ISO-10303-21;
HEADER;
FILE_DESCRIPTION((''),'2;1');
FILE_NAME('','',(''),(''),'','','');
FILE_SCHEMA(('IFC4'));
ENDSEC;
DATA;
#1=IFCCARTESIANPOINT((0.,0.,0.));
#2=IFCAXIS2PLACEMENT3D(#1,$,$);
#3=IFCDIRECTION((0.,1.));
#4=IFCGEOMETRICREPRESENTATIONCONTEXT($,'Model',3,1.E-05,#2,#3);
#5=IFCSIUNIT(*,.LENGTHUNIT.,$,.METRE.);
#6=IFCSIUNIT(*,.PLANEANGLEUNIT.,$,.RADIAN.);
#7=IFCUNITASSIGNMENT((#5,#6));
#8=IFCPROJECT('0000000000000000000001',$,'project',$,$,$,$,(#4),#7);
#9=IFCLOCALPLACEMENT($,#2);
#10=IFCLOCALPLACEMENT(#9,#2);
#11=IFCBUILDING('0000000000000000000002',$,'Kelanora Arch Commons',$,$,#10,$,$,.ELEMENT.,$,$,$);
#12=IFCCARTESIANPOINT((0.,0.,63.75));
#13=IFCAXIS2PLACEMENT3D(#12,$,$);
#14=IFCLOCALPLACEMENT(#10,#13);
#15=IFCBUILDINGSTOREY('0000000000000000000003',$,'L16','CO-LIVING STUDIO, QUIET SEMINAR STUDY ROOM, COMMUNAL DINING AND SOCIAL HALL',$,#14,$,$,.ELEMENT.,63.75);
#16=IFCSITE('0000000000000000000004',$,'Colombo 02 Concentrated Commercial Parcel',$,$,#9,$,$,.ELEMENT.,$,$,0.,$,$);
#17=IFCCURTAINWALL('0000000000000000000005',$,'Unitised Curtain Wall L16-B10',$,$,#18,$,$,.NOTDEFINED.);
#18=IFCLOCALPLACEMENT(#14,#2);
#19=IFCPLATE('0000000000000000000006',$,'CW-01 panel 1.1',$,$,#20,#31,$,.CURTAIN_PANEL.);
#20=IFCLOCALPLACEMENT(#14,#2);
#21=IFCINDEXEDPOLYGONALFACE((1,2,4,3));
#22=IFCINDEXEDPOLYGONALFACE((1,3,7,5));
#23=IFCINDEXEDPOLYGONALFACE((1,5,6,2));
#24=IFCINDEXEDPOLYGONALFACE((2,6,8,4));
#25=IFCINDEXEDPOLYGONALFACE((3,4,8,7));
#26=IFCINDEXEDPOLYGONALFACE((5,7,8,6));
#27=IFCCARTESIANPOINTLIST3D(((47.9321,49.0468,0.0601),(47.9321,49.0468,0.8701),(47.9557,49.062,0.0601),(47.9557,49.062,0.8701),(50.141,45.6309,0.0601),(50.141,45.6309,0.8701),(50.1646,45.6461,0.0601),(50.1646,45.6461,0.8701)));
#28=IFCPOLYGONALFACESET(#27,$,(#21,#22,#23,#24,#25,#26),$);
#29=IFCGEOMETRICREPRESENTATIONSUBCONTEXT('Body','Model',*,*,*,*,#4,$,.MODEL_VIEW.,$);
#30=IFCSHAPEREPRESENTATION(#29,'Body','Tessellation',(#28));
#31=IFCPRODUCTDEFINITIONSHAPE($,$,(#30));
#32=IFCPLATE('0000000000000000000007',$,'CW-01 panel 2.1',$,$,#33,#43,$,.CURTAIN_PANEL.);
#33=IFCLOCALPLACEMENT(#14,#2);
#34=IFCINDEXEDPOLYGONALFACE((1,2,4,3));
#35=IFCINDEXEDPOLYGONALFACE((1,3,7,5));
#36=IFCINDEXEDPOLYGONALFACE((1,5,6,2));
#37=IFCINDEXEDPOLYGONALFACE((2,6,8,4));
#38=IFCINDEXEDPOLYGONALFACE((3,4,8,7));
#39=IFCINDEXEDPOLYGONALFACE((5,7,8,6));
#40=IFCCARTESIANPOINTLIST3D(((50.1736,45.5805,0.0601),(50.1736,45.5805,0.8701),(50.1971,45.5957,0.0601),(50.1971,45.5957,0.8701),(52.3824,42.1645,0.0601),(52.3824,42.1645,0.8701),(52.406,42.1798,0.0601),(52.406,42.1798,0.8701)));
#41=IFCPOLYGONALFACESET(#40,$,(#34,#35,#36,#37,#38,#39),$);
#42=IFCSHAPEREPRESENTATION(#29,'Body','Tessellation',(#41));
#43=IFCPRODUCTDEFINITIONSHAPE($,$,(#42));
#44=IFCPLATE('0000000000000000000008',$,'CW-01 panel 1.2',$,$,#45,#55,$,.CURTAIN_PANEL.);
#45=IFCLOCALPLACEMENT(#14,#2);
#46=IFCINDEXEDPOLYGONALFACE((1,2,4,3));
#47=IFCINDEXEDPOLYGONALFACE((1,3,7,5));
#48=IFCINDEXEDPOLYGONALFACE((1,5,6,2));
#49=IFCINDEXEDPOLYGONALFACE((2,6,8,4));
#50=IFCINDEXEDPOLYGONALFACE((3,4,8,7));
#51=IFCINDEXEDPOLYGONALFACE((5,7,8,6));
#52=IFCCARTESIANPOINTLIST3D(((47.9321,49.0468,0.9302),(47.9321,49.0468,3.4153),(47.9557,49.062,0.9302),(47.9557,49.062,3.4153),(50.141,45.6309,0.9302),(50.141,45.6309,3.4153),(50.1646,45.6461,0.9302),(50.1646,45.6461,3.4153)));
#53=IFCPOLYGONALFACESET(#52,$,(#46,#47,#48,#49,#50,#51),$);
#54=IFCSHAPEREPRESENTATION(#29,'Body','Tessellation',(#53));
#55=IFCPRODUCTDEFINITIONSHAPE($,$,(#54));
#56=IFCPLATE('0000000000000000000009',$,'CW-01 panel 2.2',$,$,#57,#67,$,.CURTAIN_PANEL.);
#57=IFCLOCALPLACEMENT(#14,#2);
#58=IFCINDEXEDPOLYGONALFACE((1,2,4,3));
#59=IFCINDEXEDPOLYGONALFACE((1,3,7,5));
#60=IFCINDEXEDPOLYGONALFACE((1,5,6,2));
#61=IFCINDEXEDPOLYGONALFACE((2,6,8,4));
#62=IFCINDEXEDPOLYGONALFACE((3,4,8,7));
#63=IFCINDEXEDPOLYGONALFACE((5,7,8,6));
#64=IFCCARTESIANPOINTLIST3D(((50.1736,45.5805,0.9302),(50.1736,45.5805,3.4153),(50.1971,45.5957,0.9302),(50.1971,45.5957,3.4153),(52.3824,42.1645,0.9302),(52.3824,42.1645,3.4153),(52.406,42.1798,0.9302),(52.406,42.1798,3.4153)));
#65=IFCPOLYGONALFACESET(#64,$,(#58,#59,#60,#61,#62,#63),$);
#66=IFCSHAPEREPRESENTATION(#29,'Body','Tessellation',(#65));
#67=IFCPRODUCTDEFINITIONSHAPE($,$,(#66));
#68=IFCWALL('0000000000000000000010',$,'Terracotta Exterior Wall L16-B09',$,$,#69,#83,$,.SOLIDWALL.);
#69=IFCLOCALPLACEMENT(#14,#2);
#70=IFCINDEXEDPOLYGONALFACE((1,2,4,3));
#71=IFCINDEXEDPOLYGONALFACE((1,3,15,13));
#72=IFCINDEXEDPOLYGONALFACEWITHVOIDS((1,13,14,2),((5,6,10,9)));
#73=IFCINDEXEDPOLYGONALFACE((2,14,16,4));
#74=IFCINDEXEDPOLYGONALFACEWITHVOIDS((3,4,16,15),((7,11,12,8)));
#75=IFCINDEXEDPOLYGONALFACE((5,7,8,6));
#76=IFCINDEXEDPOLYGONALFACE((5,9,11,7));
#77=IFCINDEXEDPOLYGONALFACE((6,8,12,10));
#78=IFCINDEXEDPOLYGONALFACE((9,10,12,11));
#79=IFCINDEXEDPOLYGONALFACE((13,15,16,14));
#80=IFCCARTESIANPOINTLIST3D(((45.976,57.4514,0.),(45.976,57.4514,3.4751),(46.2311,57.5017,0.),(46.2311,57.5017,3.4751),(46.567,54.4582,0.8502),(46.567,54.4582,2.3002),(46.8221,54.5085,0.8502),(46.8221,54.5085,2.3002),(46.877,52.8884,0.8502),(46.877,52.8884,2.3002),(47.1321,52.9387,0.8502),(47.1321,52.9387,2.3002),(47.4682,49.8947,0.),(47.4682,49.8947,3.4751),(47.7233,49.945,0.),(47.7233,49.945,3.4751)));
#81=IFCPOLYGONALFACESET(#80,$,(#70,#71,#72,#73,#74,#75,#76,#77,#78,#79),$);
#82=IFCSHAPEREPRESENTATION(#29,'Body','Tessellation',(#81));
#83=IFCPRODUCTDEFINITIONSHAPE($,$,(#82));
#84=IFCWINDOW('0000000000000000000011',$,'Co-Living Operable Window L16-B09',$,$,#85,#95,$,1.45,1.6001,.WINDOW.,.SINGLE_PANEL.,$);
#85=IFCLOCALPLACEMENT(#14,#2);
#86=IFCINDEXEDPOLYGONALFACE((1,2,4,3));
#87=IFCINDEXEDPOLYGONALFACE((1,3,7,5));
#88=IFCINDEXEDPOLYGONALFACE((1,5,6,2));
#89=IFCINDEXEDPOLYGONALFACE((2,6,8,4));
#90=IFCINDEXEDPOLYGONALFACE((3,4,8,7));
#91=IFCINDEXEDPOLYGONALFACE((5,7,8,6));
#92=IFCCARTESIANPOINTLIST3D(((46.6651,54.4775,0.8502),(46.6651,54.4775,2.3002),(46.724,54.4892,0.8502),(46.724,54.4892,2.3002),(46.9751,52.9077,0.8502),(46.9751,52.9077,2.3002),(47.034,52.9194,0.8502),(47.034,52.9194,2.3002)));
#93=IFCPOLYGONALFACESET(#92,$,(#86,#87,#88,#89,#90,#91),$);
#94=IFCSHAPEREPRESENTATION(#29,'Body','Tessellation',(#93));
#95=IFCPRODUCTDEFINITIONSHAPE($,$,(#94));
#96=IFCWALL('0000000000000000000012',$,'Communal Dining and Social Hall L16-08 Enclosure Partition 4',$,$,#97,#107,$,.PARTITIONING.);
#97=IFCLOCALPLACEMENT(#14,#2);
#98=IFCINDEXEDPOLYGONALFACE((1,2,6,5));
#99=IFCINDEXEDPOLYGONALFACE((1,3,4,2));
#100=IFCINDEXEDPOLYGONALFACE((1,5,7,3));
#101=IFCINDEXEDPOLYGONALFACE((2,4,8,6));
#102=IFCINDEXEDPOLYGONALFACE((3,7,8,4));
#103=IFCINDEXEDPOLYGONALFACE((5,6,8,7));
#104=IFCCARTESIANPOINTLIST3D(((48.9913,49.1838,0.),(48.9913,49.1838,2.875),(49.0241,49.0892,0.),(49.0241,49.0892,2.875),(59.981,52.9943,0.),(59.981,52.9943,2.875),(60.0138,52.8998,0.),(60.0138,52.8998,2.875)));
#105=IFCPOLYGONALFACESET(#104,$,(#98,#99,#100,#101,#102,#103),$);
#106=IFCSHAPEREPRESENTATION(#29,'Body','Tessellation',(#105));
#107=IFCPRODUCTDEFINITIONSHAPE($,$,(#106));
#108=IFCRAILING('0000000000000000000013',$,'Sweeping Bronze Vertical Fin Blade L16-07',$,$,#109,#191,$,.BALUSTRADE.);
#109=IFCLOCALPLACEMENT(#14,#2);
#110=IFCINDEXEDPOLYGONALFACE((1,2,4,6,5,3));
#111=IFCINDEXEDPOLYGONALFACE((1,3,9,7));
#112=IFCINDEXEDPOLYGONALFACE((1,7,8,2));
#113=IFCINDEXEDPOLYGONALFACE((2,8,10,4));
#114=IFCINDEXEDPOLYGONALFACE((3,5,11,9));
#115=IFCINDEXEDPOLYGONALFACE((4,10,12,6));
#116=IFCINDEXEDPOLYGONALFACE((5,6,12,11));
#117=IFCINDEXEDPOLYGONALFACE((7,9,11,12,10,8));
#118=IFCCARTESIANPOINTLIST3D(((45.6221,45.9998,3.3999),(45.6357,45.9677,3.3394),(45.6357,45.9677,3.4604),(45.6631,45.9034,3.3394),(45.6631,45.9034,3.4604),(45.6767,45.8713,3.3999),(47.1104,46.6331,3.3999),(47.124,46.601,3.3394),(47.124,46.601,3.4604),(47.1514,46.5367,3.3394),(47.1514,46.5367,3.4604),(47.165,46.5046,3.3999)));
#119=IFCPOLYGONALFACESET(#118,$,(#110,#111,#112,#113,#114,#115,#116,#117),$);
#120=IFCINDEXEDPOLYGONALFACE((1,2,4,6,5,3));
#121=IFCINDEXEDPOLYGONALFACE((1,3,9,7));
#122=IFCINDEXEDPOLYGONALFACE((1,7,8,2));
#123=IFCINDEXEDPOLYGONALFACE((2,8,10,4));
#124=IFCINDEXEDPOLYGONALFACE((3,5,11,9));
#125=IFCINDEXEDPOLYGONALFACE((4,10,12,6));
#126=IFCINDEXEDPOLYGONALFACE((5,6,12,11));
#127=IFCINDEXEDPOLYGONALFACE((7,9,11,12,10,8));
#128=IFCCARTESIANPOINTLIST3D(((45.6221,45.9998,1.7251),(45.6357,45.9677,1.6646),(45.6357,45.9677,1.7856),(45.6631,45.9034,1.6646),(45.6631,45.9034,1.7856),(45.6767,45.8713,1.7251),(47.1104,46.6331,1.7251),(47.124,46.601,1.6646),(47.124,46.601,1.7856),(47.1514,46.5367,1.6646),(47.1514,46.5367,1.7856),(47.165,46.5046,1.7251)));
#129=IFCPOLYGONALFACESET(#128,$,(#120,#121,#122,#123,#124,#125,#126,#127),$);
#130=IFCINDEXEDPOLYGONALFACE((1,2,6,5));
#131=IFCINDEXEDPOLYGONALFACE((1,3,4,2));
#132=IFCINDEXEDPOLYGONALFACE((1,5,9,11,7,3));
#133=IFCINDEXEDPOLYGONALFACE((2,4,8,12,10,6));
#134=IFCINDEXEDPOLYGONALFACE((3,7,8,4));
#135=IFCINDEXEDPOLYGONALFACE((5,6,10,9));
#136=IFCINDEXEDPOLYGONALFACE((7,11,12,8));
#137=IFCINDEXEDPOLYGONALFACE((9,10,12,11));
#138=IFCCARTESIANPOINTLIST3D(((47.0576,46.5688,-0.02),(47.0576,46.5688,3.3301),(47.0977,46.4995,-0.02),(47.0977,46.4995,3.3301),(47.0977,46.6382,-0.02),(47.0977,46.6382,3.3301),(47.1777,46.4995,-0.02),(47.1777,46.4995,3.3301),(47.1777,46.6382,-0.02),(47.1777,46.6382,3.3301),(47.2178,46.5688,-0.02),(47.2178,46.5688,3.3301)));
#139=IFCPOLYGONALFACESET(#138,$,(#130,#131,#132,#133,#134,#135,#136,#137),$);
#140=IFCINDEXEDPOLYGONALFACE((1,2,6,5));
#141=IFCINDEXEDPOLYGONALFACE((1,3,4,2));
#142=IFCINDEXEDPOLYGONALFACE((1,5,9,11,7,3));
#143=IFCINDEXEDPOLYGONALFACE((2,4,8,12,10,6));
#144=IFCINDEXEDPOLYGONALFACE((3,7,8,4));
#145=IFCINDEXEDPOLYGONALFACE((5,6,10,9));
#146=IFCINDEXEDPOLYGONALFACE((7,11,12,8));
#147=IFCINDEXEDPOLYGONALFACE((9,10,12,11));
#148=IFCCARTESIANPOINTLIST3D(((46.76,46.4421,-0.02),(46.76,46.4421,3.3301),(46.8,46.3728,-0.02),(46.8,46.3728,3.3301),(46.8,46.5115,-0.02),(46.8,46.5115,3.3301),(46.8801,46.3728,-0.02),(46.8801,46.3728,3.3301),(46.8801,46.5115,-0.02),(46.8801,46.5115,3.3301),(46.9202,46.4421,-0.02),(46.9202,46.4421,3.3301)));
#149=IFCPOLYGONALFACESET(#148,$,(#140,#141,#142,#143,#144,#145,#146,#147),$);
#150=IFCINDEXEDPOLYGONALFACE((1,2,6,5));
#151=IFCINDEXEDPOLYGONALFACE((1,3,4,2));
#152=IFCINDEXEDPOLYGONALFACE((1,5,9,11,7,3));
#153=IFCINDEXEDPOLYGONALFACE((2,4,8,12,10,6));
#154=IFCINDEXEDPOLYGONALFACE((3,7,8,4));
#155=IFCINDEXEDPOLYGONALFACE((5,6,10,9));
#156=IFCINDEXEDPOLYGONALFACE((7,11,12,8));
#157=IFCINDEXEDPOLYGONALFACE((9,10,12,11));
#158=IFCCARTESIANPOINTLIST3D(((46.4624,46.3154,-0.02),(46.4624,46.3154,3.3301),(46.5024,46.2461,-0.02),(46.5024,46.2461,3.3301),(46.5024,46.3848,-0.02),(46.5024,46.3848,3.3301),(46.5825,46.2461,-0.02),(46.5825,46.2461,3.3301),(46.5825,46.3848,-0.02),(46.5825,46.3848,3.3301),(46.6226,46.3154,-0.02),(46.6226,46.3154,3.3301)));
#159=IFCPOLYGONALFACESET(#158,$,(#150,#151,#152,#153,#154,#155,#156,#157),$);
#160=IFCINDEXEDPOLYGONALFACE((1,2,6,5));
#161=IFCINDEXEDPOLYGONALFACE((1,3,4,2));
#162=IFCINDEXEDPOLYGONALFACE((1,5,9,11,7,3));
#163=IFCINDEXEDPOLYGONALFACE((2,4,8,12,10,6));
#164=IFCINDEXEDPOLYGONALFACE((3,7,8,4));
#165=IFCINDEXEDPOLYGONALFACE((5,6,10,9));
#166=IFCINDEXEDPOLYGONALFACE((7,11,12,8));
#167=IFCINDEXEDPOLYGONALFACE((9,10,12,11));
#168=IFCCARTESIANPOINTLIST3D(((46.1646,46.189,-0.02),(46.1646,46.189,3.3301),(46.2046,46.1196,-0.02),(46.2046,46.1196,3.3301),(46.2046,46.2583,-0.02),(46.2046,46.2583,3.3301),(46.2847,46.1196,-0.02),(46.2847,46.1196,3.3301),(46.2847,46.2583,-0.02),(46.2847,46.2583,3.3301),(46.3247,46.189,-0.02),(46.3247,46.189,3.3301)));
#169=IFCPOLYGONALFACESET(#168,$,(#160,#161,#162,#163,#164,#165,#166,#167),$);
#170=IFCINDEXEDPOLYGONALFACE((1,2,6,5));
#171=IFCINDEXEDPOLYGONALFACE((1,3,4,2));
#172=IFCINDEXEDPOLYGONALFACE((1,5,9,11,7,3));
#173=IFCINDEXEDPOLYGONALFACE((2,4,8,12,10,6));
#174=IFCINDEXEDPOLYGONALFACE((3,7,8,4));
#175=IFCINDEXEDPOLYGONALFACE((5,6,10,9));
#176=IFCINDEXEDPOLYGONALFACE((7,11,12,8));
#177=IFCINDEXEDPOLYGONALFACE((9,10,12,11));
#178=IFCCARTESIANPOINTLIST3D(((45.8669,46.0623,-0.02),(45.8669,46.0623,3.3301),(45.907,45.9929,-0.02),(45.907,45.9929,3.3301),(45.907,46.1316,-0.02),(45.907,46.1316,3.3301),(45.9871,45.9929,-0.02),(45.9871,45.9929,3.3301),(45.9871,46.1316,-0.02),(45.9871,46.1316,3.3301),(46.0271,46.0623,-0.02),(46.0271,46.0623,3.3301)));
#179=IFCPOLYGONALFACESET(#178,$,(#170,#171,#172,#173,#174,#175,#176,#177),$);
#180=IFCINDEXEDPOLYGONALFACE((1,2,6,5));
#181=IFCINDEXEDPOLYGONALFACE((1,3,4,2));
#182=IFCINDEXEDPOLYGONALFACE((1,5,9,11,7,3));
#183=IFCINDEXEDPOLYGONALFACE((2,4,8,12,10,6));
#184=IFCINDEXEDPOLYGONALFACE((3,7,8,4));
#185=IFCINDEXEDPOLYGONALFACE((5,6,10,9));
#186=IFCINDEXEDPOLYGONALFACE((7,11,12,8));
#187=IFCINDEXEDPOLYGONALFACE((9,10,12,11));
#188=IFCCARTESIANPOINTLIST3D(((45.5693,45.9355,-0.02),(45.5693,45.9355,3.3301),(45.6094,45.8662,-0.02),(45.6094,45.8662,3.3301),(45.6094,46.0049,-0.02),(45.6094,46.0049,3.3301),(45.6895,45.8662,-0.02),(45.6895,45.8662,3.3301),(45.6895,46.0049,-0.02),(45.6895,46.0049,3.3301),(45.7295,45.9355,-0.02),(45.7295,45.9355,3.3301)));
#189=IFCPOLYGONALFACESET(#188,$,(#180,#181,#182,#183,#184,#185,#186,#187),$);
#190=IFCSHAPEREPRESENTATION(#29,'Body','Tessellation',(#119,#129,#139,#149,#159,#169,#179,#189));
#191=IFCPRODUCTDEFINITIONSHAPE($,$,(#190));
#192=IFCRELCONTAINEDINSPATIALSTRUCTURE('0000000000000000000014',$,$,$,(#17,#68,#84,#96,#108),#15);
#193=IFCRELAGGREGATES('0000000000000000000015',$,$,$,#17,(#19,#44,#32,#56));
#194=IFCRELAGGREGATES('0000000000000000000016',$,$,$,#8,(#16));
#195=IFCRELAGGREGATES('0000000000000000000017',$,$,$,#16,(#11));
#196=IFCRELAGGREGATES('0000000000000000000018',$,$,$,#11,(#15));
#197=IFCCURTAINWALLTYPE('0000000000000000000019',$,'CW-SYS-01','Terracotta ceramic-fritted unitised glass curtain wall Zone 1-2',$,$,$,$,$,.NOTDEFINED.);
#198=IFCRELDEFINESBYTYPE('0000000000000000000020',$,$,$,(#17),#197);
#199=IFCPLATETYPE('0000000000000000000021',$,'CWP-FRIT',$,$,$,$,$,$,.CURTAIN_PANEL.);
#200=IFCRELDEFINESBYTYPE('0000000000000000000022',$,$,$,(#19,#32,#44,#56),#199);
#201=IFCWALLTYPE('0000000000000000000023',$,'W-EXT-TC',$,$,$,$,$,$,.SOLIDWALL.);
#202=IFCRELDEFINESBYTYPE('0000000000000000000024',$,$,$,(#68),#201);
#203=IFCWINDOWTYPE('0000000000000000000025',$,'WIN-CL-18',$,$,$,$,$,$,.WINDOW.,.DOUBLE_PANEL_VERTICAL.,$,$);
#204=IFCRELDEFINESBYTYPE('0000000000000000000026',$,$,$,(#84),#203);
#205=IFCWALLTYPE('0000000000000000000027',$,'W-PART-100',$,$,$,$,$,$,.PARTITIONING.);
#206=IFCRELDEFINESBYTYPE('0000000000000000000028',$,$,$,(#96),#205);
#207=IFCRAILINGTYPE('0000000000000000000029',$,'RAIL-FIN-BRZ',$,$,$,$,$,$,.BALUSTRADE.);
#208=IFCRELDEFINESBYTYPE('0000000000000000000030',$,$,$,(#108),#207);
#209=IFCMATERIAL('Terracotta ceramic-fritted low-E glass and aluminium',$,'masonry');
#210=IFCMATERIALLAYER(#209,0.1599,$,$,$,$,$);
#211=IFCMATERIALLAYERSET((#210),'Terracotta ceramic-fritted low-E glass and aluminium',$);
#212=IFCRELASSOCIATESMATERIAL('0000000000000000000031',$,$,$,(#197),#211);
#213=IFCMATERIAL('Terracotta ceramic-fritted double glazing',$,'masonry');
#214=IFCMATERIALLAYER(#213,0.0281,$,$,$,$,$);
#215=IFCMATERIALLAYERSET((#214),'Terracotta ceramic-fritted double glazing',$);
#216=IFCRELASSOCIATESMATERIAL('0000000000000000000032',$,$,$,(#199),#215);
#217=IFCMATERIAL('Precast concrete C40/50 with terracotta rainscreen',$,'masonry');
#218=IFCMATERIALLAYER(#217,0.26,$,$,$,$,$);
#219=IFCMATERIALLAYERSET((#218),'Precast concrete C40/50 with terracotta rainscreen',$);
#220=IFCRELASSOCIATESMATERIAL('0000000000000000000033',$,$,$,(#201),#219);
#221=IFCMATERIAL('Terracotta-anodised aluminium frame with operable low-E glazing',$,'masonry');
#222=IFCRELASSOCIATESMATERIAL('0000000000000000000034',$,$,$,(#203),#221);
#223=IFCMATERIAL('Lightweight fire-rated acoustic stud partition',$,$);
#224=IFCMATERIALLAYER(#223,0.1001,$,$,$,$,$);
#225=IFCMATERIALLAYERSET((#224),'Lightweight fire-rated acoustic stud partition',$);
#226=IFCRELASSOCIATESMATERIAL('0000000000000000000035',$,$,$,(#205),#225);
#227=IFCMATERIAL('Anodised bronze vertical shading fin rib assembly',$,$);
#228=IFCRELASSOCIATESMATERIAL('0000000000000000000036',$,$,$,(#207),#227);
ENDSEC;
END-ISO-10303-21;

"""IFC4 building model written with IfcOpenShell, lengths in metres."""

from ifc_helpers import new_model, si_unit, direction, frame, frame_2d, origin, origin_2d, place, context, subcontext, project, spatial, polyline, rectangle, outline, extrude, source, transform, mapped, material, layer, layer_set, type_object, element, fill, aggregate, save


model = new_model("IFC4")

# Units and contexts
model_context = context("Model", 3, precision=1e-05, world=origin(), true_north=direction((0.0, 1.0)))
body_context = subcontext(model_context, "Body", "Model", "MODEL_VIEW")
ifc_project = project(units=[si_unit("LENGTHUNIT", "METRE"), si_unit("PLANEANGLEUNIT", "RADIAN")], contexts=[model_context])

# Site, building, storey
site_placement = place(None, origin())
site = spatial("IfcSite", under=ifc_project, at=site_placement, Name="Colombo 02 Concentrated Commercial Parcel", CompositionType="ELEMENT", RefElevation=0.0)
building_placement = place(site_placement, origin())
building = spatial("IfcBuilding", under=site, at=building_placement, Name="Kelanora Arch Commons", CompositionType="ELEMENT")
storey_placement = place(building_placement, frame((0.0, 0.0, 63.75)))
storey = spatial("IfcBuildingStorey", under=building, at=storey_placement, Name="L16", Description="CO-LIVING STUDIO, QUIET SEMINAR STUDY ROOM, COMMUNAL DINING AND SOCIAL HALL", CompositionType="ELEMENT", Elevation=63.75)

# Shared definitions
ifc_material_1 = material(Name="Terracotta ceramic-fritted low-E glass and aluminium", Category="masonry")
ifc_layer_1 = layer(ifc_material_1, 0.1599)
ifc_layer_set_1 = layer_set([ifc_layer_1], Name="Terracotta ceramic-fritted low-E glass and aluminium")
curtain_wall_type = type_object("IfcCurtainWallType", Name="CW-SYS-01", Description="Terracotta ceramic-fritted unitised glass curtain wall Zone 1-2", PredefinedType="NOTDEFINED", material=ifc_layer_set_1)

# Curtain wall
curtain_wall_1_placement = place(storey_placement, origin())
curtain_wall_1 = element("IfcCurtainWall", 1, at=curtain_wall_1_placement, inside=storey, type_object=curtain_wall_type, Name="Unitised Curtain Wall L16-B10", PredefinedType="NOTDEFINED")

# Plates
ifc_material_2 = material(Name="Terracotta ceramic-fritted double glazing", Category="masonry")
ifc_layer_2 = layer(ifc_material_2, 0.0281)
ifc_layer_set_2 = layer_set([ifc_layer_2], Name="Terracotta ceramic-fritted double glazing")
plate_type = type_object("IfcPlateType", Name="CWP-FRIT", PredefinedType="CURTAIN_PANEL", material=ifc_layer_set_2)
shared_shape_1 = source(origin(), body_context, "Body", "SweptSolid", [
    extrude(rectangle(XDim=4.0679, YDim=0.0281, at=origin_2d()), origin(), (0.0, 0.0, 1.0), 0.8101),
])
plate_1_placement = place(storey_placement, frame((49.0483, 47.3464, 0.0601), z_axis=(0.0, 0.0, 1.0), x_axis=(0.543004, -0.83973, 0.0)))
plate_1 = element("IfcPlate", 2, at=plate_1_placement, type_object=plate_type, Name="CW-01 panel 1.1", PredefinedType="CURTAIN_PANEL", context=body_context, shape_type="MappedRepresentation", body=[
    mapped(shared_shape_1, transform((0.0, 0.0, 0.0), scale=1.0)),
])
plate_2_placement = place(storey_placement, frame((51.2898, 43.8801, 0.0601), z_axis=(0.0, 0.0, 1.0), x_axis=(0.543004, -0.83973, 0.0)))
plate_2 = element("IfcPlate", 3, at=plate_2_placement, type_object=plate_type, Name="CW-01 panel 2.1", PredefinedType="CURTAIN_PANEL", context=body_context, shape_type="MappedRepresentation", body=[
    mapped(shared_shape_1, transform((0.0, 0.0, 0.0), scale=1.0)),
])
shared_shape_2 = source(origin(), body_context, "Body", "SweptSolid", [
    extrude(rectangle(XDim=4.0679, YDim=0.0281, at=origin_2d()), origin(), (0.0, 0.0, 1.0), 2.4851),
])
plate_3_placement = place(storey_placement, frame((49.0483, 47.3464, 0.9302), z_axis=(0.0, 0.0, 1.0), x_axis=(0.543004, -0.83973, 0.0)))
plate_3 = element("IfcPlate", 4, at=plate_3_placement, type_object=plate_type, Name="CW-01 panel 1.2", PredefinedType="CURTAIN_PANEL", context=body_context, shape_type="MappedRepresentation", body=[
    mapped(shared_shape_2, transform((0.0, 0.0, 0.0), scale=1.0)),
])
plate_4_placement = place(storey_placement, frame((51.2898, 43.8801, 0.9302), z_axis=(0.0, 0.0, 1.0), x_axis=(0.543004, -0.83973, 0.0)))
plate_4 = element("IfcPlate", 5, at=plate_4_placement, type_object=plate_type, Name="CW-01 panel 2.2", PredefinedType="CURTAIN_PANEL", context=body_context, shape_type="MappedRepresentation", body=[
    mapped(shared_shape_2, transform((0.0, 0.0, 0.0), scale=1.0)),
])
aggregate(curtain_wall_1, [plate_1, plate_3, plate_2, plate_4])

# Wall, opening, window
ifc_material_3 = material(Name="Precast concrete C40/50 with terracotta rainscreen", Category="masonry")
ifc_layer_3 = layer(ifc_material_3, 0.26)
ifc_layer_set_3 = layer_set([ifc_layer_3], Name="Precast concrete C40/50 with terracotta rainscreen")
wall_type_1 = type_object("IfcWallType", Name="W-EXT-TC", PredefinedType="SOLIDWALL", material=ifc_layer_set_3)
wall_1_placement = place(storey_placement, frame((46.1035, 57.4766, 0.0), z_axis=(0.0, 0.0, 1.0), x_axis=(0.193726, -0.981056, 0.0)))
wall_1 = element("IfcWall", 6, at=wall_1_placement, inside=storey, type_object=wall_type_1, Name="Terracotta Exterior Wall L16-B09", PredefinedType="SOLIDWALL", context=body_context, shape_type="SweptSolid", body=[
    extrude(rectangle(XDim=7.7026, YDim=0.26, at=frame_2d((3.8513, 0.0))), origin(), (0.0, 0.0, 1.0), 3.4751),
])
opening_placement = place(wall_1_placement, frame((3.051, 0.0, 0.8501)))
opening = element("IfcOpeningElement", 7, at=opening_placement, cuts=wall_1, PredefinedType="OPENING", context=body_context, shape_type="SweptSolid", body=[
    extrude(rectangle(XDim=1.6001, YDim=1.45, at=frame_2d((0.8, 0.7251))), frame((0.0, 0.1401, 0.0), z_axis=(0.0, -1.0, 0.0), x_axis=(1.0, 0.0, 0.0)), (0.0, 0.0, 1.0), 0.28),
])
ifc_material_4 = material(Name="Terracotta-anodised aluminium frame with operable low-E glazing", Category="masonry")
window_type = type_object("IfcWindowType", Name="WIN-CL-18", PartitioningType="DOUBLE_PANEL_VERTICAL", PredefinedType="WINDOW", material=ifc_material_4)
window_placement = place(opening_placement, origin())
window = element("IfcWindow", 8, at=window_placement, inside=storey, type_object=window_type, Name="Co-Living Operable Window L16-B09", OverallHeight=1.45, OverallWidth=1.6001, PartitioningType="SINGLE_PANEL", PredefinedType="WINDOW", context=body_context, shape_type="SweptSolid", body=[
    extrude(rectangle(XDim=1.6001, YDim=1.45, at=frame_2d((0.8, 0.7251))), frame((0.0, 0.03, 0.0), z_axis=(0.0, -1.0, 0.0), x_axis=(1.0, 0.0, 0.0)), (0.0, 0.0, 1.0), 0.0601),
])
fill(opening, window)

# Wall
ifc_material_5 = material(Name="Lightweight fire-rated acoustic stud partition")
ifc_layer_4 = layer(ifc_material_5, 0.1001)
ifc_layer_set_4 = layer_set([ifc_layer_4], Name="Lightweight fire-rated acoustic stud partition")
wall_type_2 = type_object("IfcWallType", Name="W-PART-100", PredefinedType="PARTITIONING", material=ifc_layer_set_4)
wall_2_placement = place(storey_placement, frame((49.0076, 49.1365, 0.0), z_axis=(0.0, 0.0, 1.0), x_axis=(0.944816, 0.327602, 0.0)))
element("IfcWall", 9, at=wall_2_placement, inside=storey, type_object=wall_type_2, Name="Communal Dining and Social Hall L16-08 Enclosure Partition 4", PredefinedType="PARTITIONING", context=body_context, shape_type="SweptSolid", body=[
    extrude(rectangle(XDim=11.6316, YDim=0.1001, at=frame_2d((5.8159, 0.0))), origin(), (0.0, 0.0, 1.0), 2.875),
])

# Railing
ifc_material_6 = material(Name="Anodised bronze vertical shading fin rib assembly")
railing_type = type_object("IfcRailingType", Name="RAIL-FIN-BRZ", PredefinedType="BALUSTRADE", material=ifc_material_6)
railing_placement = place(storey_placement, frame((47.1377, 46.5688, -0.02)))
element("IfcRailing", 10, at=railing_placement, inside=storey, type_object=railing_type, Name="Sweeping Bronze Vertical Fin Blade L16-07", PredefinedType="BALUSTRADE", context=body_context, shape_type="SweptSolid", body=[
    extrude(outline(polyline([(0.0698, 0.0), (0.0349, 0.0605), (-0.0349, 0.0605), (-0.0698, 0.0), (-0.0349, -0.0605), (0.0349, -0.0605), (0.0698, 0.0)])), frame((0.0, 0.0, 3.4199), z_axis=(-0.920157, -0.39155, 0.0), x_axis=(0.39155, -0.920157, 0.0)), (0.0, 0.0, 1.0), 1.6174),
    extrude(outline(polyline([(0.0698, 0.0), (0.0349, 0.0605), (-0.0349, 0.0605), (-0.0698, 0.0), (-0.0349, -0.0605), (0.0349, -0.0605), (0.0698, 0.0)])), frame((0.0, 0.0, 1.7451), z_axis=(-0.920157, -0.39155, 0.0), x_axis=(0.39155, -0.920157, 0.0)), (0.0, 0.0, 1.0), 1.6174),
    extrude(outline(polyline([(0.0801, 0.0), (0.04, 0.0693), (-0.04, 0.0693), (-0.0801, 0.0), (-0.04, -0.0693), (0.04, -0.0693), (0.0801, 0.0)])), origin(), (0.0, 0.0, 1.0), 3.3501),
    extrude(outline(polyline([(0.0801, 0.0), (0.04, 0.0693), (-0.04, 0.0693), (-0.0801, 0.0), (-0.04, -0.0693), (0.04, -0.0693), (0.0801, 0.0)])), frame((-0.2976, -0.1267, 0.0)), (0.0, 0.0, 1.0), 3.3501),
    extrude(outline(polyline([(0.0801, 0.0), (0.04, 0.0693), (-0.04, 0.0693), (-0.0801, 0.0), (-0.04, -0.0693), (0.04, -0.0693), (0.0801, 0.0)])), frame((-0.5952, -0.2534, 0.0)), (0.0, 0.0, 1.0), 3.3501),
    extrude(outline(polyline([(0.0801, 0.0), (0.04, 0.0693), (-0.04, 0.0693), (-0.0801, 0.0), (-0.04, -0.0693), (0.04, -0.0693), (0.0801, 0.0)])), frame((-0.8931, -0.3799, 0.0)), (0.0, 0.0, 1.0), 3.3501),
    extrude(outline(polyline([(0.0801, 0.0), (0.04, 0.0693), (-0.04, 0.0693), (-0.0801, 0.0), (-0.04, -0.0693), (0.04, -0.0693), (0.0801, 0.0)])), frame((-1.1907, -0.5066, 0.0)), (0.0, 0.0, 1.0), 3.3501),
    extrude(outline(polyline([(0.0801, 0.0), (0.04, 0.0693), (-0.04, 0.0693), (-0.0801, 0.0), (-0.04, -0.0693), (0.04, -0.0693), (0.0801, 0.0)])), frame((-1.4883, -0.6333, 0.0)), (0.0, 0.0, 1.0), 3.3501),
])

save(model, "model.ifc")
